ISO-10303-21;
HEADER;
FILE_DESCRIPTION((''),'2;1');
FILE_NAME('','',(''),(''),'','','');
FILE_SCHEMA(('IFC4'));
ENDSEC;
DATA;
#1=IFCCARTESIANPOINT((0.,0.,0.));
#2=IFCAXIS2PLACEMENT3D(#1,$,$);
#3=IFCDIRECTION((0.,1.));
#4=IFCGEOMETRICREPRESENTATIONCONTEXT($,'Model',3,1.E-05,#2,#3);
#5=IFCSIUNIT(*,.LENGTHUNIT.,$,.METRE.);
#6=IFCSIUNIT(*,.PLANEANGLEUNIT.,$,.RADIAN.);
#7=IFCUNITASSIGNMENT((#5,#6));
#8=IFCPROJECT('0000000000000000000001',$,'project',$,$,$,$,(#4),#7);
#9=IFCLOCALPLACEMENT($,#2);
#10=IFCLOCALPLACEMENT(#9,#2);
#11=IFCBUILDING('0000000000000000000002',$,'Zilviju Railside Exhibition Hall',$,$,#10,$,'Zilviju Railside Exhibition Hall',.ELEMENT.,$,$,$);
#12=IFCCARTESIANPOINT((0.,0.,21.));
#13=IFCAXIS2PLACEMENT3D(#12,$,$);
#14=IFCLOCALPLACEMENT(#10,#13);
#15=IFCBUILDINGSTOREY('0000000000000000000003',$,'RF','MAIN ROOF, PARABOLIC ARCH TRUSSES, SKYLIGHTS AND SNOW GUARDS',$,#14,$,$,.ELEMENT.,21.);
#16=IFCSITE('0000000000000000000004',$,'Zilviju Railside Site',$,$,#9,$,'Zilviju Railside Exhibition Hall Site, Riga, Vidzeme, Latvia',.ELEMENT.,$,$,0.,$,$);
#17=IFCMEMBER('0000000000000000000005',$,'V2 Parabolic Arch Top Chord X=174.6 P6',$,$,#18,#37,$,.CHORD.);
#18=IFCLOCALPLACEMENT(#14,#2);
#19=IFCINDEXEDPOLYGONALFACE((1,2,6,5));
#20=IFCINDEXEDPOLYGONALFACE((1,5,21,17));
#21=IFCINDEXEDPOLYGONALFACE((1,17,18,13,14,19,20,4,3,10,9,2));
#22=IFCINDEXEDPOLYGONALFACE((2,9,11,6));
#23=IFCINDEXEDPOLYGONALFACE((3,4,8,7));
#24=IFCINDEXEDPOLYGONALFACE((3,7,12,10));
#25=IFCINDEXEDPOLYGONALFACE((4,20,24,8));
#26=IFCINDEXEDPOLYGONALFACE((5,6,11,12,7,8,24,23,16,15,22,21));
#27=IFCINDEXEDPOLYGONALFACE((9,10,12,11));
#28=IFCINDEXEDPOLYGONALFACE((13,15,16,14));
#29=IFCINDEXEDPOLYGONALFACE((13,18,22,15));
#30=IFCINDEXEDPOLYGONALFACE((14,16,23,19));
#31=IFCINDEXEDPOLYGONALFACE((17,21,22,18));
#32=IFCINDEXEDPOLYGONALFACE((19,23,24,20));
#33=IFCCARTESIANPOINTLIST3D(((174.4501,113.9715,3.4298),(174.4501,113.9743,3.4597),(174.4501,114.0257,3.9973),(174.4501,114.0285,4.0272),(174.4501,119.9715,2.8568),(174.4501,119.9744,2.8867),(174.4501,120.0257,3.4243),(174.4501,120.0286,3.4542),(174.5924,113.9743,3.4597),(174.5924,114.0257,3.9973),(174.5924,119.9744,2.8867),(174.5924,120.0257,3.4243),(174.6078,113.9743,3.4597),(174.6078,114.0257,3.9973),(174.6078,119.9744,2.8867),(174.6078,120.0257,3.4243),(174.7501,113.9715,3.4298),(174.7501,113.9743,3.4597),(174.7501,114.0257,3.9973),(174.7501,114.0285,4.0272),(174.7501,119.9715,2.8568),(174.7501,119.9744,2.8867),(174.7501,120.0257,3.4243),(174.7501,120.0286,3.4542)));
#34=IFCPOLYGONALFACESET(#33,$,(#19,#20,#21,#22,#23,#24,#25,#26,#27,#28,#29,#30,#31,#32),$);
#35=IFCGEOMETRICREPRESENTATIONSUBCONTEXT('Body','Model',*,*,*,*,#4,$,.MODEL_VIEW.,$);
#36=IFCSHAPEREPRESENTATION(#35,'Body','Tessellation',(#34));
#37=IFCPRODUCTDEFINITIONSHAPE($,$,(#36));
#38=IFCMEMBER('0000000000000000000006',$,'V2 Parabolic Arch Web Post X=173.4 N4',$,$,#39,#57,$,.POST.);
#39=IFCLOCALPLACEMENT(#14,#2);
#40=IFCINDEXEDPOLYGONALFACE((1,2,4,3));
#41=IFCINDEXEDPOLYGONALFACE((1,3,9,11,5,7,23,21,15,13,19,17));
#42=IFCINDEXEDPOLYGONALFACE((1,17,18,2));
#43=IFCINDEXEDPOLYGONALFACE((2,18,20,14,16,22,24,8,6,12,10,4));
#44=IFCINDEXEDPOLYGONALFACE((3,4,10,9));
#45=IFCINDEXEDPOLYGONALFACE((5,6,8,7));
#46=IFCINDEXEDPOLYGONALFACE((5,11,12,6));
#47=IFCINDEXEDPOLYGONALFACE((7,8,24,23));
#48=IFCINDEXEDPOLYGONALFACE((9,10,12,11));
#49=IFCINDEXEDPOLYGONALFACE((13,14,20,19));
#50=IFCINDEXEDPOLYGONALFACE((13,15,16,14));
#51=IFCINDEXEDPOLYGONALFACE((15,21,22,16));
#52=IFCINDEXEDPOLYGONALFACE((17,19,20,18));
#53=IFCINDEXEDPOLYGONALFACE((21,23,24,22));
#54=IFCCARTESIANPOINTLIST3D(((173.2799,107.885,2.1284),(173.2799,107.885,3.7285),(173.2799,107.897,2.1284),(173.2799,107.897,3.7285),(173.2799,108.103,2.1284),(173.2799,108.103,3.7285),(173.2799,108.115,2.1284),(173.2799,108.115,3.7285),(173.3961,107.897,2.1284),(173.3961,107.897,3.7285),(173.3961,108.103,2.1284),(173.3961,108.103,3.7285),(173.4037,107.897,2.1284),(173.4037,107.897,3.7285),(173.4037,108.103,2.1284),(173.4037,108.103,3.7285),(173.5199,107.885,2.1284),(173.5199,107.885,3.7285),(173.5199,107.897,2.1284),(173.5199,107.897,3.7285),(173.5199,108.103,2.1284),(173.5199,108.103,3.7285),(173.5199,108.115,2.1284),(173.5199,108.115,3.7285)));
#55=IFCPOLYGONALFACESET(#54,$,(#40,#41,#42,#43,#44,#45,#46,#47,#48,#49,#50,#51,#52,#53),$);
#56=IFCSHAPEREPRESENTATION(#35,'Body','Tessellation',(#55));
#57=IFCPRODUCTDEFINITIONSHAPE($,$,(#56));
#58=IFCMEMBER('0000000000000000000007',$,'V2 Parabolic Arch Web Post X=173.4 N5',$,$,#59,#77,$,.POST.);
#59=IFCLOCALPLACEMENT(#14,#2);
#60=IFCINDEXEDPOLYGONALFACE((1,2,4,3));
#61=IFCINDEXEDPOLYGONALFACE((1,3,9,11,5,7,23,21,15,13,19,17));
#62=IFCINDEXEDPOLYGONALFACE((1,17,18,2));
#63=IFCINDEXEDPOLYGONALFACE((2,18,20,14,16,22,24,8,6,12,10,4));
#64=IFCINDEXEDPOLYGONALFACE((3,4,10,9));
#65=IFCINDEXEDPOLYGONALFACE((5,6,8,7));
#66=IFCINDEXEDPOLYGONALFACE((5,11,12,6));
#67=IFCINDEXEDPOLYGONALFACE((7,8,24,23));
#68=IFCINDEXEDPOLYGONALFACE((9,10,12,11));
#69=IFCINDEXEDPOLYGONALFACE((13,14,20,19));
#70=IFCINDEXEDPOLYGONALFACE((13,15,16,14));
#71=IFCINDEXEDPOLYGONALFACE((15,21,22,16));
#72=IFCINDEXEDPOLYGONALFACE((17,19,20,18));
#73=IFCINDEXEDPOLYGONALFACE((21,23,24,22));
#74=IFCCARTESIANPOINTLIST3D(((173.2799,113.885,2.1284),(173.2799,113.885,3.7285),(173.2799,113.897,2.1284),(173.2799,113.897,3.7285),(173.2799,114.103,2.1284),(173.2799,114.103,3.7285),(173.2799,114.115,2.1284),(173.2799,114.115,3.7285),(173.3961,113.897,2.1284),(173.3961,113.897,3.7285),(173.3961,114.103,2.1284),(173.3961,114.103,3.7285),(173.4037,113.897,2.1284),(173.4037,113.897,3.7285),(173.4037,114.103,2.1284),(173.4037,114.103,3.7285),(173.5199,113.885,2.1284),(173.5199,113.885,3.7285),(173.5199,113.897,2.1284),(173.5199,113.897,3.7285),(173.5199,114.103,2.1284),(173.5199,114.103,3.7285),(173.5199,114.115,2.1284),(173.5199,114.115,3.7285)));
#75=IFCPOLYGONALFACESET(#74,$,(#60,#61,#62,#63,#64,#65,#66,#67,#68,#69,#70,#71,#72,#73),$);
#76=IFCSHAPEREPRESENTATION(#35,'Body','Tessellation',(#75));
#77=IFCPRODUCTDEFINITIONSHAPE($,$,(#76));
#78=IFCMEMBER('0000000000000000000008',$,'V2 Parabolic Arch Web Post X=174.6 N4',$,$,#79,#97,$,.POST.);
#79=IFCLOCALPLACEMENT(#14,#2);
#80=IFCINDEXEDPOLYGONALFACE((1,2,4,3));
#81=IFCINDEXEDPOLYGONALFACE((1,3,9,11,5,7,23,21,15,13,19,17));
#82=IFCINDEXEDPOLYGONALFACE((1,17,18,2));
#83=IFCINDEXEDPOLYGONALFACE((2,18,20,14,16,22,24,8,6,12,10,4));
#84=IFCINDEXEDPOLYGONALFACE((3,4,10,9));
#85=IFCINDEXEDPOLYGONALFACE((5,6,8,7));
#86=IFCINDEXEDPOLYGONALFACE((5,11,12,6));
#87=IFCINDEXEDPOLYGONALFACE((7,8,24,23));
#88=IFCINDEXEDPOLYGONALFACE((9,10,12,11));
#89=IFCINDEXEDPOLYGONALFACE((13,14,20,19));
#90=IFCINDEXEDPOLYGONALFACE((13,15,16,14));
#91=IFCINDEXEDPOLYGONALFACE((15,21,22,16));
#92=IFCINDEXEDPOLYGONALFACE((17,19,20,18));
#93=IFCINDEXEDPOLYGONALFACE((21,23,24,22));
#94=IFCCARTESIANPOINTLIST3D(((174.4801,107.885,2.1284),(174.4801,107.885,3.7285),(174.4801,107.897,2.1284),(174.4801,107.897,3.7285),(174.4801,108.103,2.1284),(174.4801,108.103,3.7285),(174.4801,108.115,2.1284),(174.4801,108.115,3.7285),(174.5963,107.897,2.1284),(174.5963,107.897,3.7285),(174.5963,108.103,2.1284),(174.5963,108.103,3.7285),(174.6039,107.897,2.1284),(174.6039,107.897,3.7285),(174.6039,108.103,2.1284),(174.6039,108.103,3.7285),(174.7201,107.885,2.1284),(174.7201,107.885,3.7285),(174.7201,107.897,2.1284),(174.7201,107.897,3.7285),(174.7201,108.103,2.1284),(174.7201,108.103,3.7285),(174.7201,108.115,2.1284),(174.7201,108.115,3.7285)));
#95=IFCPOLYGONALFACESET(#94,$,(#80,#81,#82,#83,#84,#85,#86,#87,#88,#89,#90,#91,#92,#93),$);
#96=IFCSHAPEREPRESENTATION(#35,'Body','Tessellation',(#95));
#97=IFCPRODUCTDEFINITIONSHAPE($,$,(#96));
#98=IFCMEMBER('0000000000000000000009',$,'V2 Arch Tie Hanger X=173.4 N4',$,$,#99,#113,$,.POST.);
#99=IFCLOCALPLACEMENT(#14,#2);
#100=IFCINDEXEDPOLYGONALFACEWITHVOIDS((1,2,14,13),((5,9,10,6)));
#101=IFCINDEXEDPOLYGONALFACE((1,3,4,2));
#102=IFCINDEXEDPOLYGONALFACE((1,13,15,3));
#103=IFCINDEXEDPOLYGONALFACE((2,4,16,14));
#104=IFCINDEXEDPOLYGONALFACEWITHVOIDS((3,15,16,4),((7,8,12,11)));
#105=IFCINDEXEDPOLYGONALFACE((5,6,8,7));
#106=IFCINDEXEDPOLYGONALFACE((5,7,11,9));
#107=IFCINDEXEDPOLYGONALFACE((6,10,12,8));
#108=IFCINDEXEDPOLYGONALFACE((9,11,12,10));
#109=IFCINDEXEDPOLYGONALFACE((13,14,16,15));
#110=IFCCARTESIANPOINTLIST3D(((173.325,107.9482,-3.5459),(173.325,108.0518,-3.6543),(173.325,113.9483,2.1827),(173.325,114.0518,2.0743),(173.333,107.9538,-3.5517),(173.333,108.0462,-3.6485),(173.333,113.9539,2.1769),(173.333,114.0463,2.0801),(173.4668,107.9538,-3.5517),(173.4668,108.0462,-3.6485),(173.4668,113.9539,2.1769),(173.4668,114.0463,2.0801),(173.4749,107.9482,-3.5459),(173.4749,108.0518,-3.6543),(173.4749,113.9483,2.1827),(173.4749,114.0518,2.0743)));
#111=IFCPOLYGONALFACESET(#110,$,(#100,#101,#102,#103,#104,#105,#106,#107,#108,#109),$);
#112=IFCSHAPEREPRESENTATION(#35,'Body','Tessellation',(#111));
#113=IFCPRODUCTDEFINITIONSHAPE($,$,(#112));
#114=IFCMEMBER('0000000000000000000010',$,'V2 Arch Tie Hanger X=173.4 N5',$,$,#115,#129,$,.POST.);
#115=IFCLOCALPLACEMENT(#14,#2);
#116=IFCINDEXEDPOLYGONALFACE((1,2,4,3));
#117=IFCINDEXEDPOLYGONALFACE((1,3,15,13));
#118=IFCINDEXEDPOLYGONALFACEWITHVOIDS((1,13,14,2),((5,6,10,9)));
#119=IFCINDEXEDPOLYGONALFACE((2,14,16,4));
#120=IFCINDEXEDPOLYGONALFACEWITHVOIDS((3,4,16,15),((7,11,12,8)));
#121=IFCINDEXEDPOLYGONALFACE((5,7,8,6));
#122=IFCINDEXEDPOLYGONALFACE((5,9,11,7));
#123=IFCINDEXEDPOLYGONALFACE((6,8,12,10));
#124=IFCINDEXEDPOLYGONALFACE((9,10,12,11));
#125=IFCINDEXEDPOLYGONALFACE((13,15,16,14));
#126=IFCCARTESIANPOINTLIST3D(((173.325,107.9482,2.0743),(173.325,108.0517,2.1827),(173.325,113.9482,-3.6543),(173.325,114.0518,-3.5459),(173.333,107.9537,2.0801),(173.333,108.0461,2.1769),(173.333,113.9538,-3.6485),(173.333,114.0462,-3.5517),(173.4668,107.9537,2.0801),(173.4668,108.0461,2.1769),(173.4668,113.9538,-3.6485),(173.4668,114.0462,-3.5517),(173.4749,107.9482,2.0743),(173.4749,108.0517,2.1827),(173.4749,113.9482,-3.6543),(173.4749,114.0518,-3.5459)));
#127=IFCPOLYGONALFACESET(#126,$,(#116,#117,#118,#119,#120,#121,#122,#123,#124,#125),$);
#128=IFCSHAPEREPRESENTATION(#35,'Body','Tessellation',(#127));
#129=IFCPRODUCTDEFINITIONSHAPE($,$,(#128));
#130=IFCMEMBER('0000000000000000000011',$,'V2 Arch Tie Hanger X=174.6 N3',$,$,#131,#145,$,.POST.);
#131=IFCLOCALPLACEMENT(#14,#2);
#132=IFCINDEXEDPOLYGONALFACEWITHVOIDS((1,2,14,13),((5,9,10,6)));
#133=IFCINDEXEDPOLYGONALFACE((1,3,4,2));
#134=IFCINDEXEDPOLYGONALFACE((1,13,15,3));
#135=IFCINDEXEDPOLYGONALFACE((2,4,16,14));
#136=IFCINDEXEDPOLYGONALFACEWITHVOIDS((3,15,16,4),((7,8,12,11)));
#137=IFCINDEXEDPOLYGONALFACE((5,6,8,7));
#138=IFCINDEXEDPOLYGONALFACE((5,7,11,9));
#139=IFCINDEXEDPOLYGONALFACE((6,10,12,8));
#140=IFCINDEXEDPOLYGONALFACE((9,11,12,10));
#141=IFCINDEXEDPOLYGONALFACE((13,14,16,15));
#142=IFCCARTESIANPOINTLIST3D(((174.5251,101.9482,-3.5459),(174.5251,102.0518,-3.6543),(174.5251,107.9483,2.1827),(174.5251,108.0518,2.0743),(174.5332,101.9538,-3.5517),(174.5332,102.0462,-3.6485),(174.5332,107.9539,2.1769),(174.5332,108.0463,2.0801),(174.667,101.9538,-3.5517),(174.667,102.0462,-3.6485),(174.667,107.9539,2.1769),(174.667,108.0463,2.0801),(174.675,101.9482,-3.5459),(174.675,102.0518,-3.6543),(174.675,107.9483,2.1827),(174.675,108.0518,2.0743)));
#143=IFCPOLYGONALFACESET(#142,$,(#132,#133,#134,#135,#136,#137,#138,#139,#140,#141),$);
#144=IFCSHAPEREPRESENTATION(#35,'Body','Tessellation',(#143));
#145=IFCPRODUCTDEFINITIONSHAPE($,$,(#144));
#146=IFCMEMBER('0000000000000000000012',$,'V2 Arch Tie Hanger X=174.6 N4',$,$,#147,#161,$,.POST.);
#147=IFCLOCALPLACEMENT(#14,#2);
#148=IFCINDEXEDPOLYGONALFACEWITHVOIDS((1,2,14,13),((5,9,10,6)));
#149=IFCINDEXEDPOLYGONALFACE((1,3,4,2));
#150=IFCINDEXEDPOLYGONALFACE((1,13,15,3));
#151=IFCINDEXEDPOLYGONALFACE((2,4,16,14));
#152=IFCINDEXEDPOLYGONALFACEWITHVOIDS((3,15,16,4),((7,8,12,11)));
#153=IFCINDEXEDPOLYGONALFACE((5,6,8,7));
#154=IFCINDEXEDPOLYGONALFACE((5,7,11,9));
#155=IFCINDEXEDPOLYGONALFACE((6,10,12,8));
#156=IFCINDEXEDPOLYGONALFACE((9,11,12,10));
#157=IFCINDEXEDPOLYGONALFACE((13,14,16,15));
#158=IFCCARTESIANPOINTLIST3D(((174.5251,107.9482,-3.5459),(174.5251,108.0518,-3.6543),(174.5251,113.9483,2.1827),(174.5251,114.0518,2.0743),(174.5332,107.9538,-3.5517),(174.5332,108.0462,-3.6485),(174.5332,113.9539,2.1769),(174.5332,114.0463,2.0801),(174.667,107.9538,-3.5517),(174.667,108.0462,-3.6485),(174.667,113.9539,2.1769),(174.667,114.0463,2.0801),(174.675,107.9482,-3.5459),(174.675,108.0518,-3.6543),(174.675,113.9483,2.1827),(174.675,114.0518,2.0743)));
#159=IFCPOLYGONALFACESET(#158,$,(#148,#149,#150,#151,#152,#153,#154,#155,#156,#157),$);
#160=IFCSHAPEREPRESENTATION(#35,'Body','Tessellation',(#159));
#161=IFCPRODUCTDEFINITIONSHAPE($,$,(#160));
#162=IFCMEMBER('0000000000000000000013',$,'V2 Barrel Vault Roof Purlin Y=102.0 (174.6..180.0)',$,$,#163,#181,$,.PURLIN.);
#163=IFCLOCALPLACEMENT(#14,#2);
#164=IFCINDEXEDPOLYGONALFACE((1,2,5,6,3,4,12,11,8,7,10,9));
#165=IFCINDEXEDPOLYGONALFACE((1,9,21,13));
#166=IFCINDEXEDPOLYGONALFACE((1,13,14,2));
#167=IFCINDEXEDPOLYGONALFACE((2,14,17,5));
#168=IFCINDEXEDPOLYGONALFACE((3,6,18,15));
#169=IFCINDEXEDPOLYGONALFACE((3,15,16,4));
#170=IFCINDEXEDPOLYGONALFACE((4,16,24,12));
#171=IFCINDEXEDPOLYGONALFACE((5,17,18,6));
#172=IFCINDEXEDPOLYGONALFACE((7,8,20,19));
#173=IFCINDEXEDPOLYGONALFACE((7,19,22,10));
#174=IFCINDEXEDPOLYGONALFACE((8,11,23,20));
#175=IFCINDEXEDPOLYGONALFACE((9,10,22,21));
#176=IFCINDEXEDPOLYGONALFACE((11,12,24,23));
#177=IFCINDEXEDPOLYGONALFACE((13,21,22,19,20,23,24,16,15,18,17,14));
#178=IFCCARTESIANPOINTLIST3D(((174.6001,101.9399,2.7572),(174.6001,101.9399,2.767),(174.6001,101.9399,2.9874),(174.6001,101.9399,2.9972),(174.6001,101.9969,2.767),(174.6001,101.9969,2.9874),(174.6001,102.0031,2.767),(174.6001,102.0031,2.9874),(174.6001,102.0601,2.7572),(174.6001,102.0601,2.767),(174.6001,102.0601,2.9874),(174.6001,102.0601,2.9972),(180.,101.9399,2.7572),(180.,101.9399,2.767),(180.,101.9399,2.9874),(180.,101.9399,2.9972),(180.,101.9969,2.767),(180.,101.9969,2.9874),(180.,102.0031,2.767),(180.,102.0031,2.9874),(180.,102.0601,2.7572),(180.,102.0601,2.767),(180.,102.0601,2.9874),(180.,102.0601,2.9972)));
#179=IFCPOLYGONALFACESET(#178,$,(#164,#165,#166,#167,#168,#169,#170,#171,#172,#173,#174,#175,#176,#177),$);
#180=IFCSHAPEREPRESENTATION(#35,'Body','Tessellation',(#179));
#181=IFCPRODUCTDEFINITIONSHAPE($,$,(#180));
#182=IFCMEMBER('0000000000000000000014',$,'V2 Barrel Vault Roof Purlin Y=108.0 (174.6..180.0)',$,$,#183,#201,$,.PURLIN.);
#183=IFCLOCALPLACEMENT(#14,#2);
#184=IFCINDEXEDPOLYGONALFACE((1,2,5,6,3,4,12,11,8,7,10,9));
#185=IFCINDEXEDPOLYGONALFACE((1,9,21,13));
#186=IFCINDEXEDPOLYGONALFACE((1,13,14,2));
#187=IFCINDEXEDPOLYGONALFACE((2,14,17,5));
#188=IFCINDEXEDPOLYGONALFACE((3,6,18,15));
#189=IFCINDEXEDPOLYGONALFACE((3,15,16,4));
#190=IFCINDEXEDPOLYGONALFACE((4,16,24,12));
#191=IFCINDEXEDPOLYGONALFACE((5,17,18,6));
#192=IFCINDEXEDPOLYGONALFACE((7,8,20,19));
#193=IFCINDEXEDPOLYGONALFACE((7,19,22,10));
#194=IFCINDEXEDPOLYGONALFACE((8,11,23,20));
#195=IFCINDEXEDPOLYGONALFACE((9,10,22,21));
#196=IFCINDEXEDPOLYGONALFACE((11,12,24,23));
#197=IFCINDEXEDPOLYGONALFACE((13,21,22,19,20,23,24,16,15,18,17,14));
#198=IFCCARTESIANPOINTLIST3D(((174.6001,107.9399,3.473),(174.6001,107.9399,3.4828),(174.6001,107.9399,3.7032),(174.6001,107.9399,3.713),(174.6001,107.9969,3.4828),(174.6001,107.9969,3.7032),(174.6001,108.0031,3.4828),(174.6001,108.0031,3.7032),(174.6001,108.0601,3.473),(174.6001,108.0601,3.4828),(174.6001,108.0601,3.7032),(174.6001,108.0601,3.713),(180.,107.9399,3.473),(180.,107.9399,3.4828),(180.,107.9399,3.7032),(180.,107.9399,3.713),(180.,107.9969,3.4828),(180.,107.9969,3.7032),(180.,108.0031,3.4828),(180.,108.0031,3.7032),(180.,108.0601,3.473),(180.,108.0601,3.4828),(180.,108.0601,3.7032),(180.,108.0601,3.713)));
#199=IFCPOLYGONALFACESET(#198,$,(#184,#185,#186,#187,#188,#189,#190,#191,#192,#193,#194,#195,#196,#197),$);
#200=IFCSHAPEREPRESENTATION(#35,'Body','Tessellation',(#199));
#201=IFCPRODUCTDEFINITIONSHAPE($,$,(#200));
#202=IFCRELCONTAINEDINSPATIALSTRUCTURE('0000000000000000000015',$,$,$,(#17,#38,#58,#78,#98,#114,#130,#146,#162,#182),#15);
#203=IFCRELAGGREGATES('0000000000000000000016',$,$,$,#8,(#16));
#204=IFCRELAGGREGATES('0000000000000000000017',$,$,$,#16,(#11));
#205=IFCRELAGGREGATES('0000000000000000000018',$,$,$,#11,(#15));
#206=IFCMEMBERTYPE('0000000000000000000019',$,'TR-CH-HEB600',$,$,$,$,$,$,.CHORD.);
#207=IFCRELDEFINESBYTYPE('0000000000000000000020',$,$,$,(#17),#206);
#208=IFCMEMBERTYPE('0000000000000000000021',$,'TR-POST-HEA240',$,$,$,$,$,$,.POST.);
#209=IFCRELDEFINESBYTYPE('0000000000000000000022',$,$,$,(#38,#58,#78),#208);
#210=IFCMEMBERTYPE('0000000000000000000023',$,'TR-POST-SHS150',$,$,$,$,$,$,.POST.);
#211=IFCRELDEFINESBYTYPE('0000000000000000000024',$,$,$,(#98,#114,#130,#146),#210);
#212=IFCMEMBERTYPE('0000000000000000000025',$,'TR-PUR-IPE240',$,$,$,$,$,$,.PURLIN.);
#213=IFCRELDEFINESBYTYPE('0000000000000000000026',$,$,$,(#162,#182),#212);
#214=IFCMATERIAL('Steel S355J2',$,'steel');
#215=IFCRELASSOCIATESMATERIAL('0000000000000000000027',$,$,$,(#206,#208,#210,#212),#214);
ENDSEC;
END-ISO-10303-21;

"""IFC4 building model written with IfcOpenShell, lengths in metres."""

from ifc_helpers import new_model, si_unit, direction, frame, origin, origin_2d, place, context, subcontext, project, spatial, hollow_rectangle, i_section, extrude, material, material_profile, profile_set, type_object, element, save


model = new_model("IFC4")

# Units and contexts
model_context = context("Model", 3, precision=1e-05, world=origin(), true_north=direction((0.0, 1.0)))
body_context = subcontext(model_context, "Body", "Model", "MODEL_VIEW")
ifc_project = project(units=[si_unit("LENGTHUNIT", "METRE"), si_unit("PLANEANGLEUNIT", "RADIAN")], contexts=[model_context])

# Site, building, storey
site_placement = place(None, origin())
site = spatial("IfcSite", under=ifc_project, at=site_placement, Name="Zilviju Railside Site", LongName="Zilviju Railside Exhibition Hall Site, Riga, Vidzeme, Latvia", CompositionType="ELEMENT", RefElevation=0.0)
building_placement = place(site_placement, origin())
building = spatial("IfcBuilding", under=site, at=building_placement, Name="Zilviju Railside Exhibition Hall", LongName="Zilviju Railside Exhibition Hall", CompositionType="ELEMENT")
storey_placement = place(building_placement, frame((0.0, 0.0, 21.0)))
storey = spatial("IfcBuildingStorey", under=building, at=storey_placement, Name="RF", Description="MAIN ROOF, PARABOLIC ARCH TRUSSES, SKYLIGHTS AND SNOW GUARDS", CompositionType="ELEMENT", Elevation=21.0)

# Members
ifc_material_1 = material(Name="Steel S355J2", Category="steel")
ifc_material_profile_1 = material_profile(ifc_material_1, i_section(OverallWidth=0.3, OverallDepth=0.6001, WebThickness=0.0154, FlangeThickness=0.03, at=origin_2d()), Name="HEB 600")
ifc_profile_set_1 = profile_set([ifc_material_profile_1], Name="Steel S355J2")
member_type_1 = type_object("IfcMemberType", Name="TR-CH-HEB600", PredefinedType="CHORD", material=ifc_profile_set_1)
member_1_placement = place(storey_placement, frame((174.6001, 114.0, 3.7285), z_axis=(0.0, 0.995471, -0.095067), x_axis=(-1.0, 0.0, 0.0)))
element("IfcMember", 1, at=member_1_placement, inside=storey, type_object=member_type_1, Name="V2 Parabolic Arch Top Chord X=174.6 P6", PredefinedType="CHORD", context=body_context, shape_type="SweptSolid", body=[
    extrude(i_section(OverallWidth=0.3, OverallDepth=0.6001, WebThickness=0.0154, FlangeThickness=0.03, at=origin_2d()), origin(), (0.0, 0.0, 1.0), 6.0273),
])
ifc_material_profile_2 = material_profile(ifc_material_1, i_section(OverallWidth=0.24, OverallDepth=0.23, WebThickness=0.0076, FlangeThickness=0.012, at=origin_2d()), Name="HEA 240")
ifc_profile_set_2 = profile_set([ifc_material_profile_2], Name="Steel S355J2")
member_type_2 = type_object("IfcMemberType", Name="TR-POST-HEA240", PredefinedType="POST", material=ifc_profile_set_2)
for number, where, z_axis, x_axis, name in (
    (2, (173.3999, 108.0, 2.1284), (0.0, 0.0, 1.0), (1.0, 0.0, 0.0), "V2 Parabolic Arch Web Post X=173.4 N4"),
    (3, (173.3999, 114.0, 2.1284), (0.0, 0.0, 1.0), (1.0, 0.0, 0.0), "V2 Parabolic Arch Web Post X=173.4 N5"),
    (4, (174.6001, 108.0, 2.1284), (0.0, 0.0, 1.0), (1.0, 0.0, 0.0), "V2 Parabolic Arch Web Post X=174.6 N4"),
):
    element("IfcMember", number, at=place(storey_placement, frame(where, z_axis=z_axis, x_axis=x_axis)), inside=storey, type_object=member_type_2, Name=name, PredefinedType="POST", context=body_context, shape_type="SweptSolid", body=[
        extrude(i_section(OverallWidth=0.24, OverallDepth=0.23, WebThickness=0.0076, FlangeThickness=0.012, at=origin_2d()), origin(), (0.0, 0.0, 1.0), 1.6001),
    ])
ifc_material_profile_3 = material_profile(ifc_material_1, hollow_rectangle(XDim=0.1499, YDim=0.1499, WallThickness=0.0081, at=origin_2d()), Name="SHS 150x150x8.0")
ifc_profile_set_3 = profile_set([ifc_material_profile_3], Name="Steel S355J2")
member_type_3 = type_object("IfcMemberType", Name="TR-POST-SHS150", PredefinedType="POST", material=ifc_profile_set_3)
for number, where, z_axis, x_axis, name in (
    (5, (173.3999, 108.0, -3.6001), (0.0, 0.723281, 0.690554), (-1.0, 0.0, 0.0), "V2 Arch Tie Hanger X=173.4 N4"),
    (6, (173.3999, 114.0, -3.6001), (0.0, -0.723281, 0.690554), (1.0, 0.0, 0.0), "V2 Arch Tie Hanger X=173.4 N5"),
    (7, (174.6001, 102.0, -3.6001), (0.0, 0.723281, 0.690554), (-1.0, 0.0, 0.0), "V2 Arch Tie Hanger X=174.6 N3"),
    (8, (174.6001, 108.0, -3.6001), (0.0, 0.723281, 0.690554), (-1.0, 0.0, 0.0), "V2 Arch Tie Hanger X=174.6 N4"),
):
    element("IfcMember", number, at=place(storey_placement, frame(where, z_axis=z_axis, x_axis=x_axis)), inside=storey, type_object=member_type_3, Name=name, PredefinedType="POST", context=body_context, shape_type="SweptSolid", body=[
        extrude(hollow_rectangle(XDim=0.1499, YDim=0.1499, WallThickness=0.0081, at=origin_2d()), origin(), (0.0, 0.0, 1.0), 8.2957),
    ])
ifc_material_profile_4 = material_profile(ifc_material_1, i_section(OverallWidth=0.1201, OverallDepth=0.24, WebThickness=0.0061, FlangeThickness=0.0098, at=origin_2d()), Name="IPE 240")
ifc_profile_set_4 = profile_set([ifc_material_profile_4], Name="Steel S355J2")
member_type_4 = type_object("IfcMemberType", Name="TR-PUR-IPE240", PredefinedType="PURLIN", material=ifc_profile_set_4)
for number, where, z_axis, x_axis, name in (
    (9, (174.6001, 102.0, 2.8772), (1.0, 0.0, 0.0), (0.0, 1.0, 0.0), "V2 Barrel Vault Roof Purlin Y=102.0 (174.6..180.0)"),
    (10, (174.6001, 108.0, 3.593), (1.0, 0.0, 0.0), (0.0, 1.0, 0.0), "V2 Barrel Vault Roof Purlin Y=108.0 (174.6..180.0)"),
):
    element("IfcMember", number, at=place(storey_placement, frame(where, z_axis=z_axis, x_axis=x_axis)), inside=storey, type_object=member_type_4, Name=name, PredefinedType="PURLIN", context=body_context, shape_type="SweptSolid", body=[
        extrude(i_section(OverallWidth=0.1201, OverallDepth=0.24, WebThickness=0.0061, FlangeThickness=0.0098, at=origin_2d()), origin(), (0.0, 0.0, 1.0), 5.3999),
    ])

save(model, "model.ifc")
